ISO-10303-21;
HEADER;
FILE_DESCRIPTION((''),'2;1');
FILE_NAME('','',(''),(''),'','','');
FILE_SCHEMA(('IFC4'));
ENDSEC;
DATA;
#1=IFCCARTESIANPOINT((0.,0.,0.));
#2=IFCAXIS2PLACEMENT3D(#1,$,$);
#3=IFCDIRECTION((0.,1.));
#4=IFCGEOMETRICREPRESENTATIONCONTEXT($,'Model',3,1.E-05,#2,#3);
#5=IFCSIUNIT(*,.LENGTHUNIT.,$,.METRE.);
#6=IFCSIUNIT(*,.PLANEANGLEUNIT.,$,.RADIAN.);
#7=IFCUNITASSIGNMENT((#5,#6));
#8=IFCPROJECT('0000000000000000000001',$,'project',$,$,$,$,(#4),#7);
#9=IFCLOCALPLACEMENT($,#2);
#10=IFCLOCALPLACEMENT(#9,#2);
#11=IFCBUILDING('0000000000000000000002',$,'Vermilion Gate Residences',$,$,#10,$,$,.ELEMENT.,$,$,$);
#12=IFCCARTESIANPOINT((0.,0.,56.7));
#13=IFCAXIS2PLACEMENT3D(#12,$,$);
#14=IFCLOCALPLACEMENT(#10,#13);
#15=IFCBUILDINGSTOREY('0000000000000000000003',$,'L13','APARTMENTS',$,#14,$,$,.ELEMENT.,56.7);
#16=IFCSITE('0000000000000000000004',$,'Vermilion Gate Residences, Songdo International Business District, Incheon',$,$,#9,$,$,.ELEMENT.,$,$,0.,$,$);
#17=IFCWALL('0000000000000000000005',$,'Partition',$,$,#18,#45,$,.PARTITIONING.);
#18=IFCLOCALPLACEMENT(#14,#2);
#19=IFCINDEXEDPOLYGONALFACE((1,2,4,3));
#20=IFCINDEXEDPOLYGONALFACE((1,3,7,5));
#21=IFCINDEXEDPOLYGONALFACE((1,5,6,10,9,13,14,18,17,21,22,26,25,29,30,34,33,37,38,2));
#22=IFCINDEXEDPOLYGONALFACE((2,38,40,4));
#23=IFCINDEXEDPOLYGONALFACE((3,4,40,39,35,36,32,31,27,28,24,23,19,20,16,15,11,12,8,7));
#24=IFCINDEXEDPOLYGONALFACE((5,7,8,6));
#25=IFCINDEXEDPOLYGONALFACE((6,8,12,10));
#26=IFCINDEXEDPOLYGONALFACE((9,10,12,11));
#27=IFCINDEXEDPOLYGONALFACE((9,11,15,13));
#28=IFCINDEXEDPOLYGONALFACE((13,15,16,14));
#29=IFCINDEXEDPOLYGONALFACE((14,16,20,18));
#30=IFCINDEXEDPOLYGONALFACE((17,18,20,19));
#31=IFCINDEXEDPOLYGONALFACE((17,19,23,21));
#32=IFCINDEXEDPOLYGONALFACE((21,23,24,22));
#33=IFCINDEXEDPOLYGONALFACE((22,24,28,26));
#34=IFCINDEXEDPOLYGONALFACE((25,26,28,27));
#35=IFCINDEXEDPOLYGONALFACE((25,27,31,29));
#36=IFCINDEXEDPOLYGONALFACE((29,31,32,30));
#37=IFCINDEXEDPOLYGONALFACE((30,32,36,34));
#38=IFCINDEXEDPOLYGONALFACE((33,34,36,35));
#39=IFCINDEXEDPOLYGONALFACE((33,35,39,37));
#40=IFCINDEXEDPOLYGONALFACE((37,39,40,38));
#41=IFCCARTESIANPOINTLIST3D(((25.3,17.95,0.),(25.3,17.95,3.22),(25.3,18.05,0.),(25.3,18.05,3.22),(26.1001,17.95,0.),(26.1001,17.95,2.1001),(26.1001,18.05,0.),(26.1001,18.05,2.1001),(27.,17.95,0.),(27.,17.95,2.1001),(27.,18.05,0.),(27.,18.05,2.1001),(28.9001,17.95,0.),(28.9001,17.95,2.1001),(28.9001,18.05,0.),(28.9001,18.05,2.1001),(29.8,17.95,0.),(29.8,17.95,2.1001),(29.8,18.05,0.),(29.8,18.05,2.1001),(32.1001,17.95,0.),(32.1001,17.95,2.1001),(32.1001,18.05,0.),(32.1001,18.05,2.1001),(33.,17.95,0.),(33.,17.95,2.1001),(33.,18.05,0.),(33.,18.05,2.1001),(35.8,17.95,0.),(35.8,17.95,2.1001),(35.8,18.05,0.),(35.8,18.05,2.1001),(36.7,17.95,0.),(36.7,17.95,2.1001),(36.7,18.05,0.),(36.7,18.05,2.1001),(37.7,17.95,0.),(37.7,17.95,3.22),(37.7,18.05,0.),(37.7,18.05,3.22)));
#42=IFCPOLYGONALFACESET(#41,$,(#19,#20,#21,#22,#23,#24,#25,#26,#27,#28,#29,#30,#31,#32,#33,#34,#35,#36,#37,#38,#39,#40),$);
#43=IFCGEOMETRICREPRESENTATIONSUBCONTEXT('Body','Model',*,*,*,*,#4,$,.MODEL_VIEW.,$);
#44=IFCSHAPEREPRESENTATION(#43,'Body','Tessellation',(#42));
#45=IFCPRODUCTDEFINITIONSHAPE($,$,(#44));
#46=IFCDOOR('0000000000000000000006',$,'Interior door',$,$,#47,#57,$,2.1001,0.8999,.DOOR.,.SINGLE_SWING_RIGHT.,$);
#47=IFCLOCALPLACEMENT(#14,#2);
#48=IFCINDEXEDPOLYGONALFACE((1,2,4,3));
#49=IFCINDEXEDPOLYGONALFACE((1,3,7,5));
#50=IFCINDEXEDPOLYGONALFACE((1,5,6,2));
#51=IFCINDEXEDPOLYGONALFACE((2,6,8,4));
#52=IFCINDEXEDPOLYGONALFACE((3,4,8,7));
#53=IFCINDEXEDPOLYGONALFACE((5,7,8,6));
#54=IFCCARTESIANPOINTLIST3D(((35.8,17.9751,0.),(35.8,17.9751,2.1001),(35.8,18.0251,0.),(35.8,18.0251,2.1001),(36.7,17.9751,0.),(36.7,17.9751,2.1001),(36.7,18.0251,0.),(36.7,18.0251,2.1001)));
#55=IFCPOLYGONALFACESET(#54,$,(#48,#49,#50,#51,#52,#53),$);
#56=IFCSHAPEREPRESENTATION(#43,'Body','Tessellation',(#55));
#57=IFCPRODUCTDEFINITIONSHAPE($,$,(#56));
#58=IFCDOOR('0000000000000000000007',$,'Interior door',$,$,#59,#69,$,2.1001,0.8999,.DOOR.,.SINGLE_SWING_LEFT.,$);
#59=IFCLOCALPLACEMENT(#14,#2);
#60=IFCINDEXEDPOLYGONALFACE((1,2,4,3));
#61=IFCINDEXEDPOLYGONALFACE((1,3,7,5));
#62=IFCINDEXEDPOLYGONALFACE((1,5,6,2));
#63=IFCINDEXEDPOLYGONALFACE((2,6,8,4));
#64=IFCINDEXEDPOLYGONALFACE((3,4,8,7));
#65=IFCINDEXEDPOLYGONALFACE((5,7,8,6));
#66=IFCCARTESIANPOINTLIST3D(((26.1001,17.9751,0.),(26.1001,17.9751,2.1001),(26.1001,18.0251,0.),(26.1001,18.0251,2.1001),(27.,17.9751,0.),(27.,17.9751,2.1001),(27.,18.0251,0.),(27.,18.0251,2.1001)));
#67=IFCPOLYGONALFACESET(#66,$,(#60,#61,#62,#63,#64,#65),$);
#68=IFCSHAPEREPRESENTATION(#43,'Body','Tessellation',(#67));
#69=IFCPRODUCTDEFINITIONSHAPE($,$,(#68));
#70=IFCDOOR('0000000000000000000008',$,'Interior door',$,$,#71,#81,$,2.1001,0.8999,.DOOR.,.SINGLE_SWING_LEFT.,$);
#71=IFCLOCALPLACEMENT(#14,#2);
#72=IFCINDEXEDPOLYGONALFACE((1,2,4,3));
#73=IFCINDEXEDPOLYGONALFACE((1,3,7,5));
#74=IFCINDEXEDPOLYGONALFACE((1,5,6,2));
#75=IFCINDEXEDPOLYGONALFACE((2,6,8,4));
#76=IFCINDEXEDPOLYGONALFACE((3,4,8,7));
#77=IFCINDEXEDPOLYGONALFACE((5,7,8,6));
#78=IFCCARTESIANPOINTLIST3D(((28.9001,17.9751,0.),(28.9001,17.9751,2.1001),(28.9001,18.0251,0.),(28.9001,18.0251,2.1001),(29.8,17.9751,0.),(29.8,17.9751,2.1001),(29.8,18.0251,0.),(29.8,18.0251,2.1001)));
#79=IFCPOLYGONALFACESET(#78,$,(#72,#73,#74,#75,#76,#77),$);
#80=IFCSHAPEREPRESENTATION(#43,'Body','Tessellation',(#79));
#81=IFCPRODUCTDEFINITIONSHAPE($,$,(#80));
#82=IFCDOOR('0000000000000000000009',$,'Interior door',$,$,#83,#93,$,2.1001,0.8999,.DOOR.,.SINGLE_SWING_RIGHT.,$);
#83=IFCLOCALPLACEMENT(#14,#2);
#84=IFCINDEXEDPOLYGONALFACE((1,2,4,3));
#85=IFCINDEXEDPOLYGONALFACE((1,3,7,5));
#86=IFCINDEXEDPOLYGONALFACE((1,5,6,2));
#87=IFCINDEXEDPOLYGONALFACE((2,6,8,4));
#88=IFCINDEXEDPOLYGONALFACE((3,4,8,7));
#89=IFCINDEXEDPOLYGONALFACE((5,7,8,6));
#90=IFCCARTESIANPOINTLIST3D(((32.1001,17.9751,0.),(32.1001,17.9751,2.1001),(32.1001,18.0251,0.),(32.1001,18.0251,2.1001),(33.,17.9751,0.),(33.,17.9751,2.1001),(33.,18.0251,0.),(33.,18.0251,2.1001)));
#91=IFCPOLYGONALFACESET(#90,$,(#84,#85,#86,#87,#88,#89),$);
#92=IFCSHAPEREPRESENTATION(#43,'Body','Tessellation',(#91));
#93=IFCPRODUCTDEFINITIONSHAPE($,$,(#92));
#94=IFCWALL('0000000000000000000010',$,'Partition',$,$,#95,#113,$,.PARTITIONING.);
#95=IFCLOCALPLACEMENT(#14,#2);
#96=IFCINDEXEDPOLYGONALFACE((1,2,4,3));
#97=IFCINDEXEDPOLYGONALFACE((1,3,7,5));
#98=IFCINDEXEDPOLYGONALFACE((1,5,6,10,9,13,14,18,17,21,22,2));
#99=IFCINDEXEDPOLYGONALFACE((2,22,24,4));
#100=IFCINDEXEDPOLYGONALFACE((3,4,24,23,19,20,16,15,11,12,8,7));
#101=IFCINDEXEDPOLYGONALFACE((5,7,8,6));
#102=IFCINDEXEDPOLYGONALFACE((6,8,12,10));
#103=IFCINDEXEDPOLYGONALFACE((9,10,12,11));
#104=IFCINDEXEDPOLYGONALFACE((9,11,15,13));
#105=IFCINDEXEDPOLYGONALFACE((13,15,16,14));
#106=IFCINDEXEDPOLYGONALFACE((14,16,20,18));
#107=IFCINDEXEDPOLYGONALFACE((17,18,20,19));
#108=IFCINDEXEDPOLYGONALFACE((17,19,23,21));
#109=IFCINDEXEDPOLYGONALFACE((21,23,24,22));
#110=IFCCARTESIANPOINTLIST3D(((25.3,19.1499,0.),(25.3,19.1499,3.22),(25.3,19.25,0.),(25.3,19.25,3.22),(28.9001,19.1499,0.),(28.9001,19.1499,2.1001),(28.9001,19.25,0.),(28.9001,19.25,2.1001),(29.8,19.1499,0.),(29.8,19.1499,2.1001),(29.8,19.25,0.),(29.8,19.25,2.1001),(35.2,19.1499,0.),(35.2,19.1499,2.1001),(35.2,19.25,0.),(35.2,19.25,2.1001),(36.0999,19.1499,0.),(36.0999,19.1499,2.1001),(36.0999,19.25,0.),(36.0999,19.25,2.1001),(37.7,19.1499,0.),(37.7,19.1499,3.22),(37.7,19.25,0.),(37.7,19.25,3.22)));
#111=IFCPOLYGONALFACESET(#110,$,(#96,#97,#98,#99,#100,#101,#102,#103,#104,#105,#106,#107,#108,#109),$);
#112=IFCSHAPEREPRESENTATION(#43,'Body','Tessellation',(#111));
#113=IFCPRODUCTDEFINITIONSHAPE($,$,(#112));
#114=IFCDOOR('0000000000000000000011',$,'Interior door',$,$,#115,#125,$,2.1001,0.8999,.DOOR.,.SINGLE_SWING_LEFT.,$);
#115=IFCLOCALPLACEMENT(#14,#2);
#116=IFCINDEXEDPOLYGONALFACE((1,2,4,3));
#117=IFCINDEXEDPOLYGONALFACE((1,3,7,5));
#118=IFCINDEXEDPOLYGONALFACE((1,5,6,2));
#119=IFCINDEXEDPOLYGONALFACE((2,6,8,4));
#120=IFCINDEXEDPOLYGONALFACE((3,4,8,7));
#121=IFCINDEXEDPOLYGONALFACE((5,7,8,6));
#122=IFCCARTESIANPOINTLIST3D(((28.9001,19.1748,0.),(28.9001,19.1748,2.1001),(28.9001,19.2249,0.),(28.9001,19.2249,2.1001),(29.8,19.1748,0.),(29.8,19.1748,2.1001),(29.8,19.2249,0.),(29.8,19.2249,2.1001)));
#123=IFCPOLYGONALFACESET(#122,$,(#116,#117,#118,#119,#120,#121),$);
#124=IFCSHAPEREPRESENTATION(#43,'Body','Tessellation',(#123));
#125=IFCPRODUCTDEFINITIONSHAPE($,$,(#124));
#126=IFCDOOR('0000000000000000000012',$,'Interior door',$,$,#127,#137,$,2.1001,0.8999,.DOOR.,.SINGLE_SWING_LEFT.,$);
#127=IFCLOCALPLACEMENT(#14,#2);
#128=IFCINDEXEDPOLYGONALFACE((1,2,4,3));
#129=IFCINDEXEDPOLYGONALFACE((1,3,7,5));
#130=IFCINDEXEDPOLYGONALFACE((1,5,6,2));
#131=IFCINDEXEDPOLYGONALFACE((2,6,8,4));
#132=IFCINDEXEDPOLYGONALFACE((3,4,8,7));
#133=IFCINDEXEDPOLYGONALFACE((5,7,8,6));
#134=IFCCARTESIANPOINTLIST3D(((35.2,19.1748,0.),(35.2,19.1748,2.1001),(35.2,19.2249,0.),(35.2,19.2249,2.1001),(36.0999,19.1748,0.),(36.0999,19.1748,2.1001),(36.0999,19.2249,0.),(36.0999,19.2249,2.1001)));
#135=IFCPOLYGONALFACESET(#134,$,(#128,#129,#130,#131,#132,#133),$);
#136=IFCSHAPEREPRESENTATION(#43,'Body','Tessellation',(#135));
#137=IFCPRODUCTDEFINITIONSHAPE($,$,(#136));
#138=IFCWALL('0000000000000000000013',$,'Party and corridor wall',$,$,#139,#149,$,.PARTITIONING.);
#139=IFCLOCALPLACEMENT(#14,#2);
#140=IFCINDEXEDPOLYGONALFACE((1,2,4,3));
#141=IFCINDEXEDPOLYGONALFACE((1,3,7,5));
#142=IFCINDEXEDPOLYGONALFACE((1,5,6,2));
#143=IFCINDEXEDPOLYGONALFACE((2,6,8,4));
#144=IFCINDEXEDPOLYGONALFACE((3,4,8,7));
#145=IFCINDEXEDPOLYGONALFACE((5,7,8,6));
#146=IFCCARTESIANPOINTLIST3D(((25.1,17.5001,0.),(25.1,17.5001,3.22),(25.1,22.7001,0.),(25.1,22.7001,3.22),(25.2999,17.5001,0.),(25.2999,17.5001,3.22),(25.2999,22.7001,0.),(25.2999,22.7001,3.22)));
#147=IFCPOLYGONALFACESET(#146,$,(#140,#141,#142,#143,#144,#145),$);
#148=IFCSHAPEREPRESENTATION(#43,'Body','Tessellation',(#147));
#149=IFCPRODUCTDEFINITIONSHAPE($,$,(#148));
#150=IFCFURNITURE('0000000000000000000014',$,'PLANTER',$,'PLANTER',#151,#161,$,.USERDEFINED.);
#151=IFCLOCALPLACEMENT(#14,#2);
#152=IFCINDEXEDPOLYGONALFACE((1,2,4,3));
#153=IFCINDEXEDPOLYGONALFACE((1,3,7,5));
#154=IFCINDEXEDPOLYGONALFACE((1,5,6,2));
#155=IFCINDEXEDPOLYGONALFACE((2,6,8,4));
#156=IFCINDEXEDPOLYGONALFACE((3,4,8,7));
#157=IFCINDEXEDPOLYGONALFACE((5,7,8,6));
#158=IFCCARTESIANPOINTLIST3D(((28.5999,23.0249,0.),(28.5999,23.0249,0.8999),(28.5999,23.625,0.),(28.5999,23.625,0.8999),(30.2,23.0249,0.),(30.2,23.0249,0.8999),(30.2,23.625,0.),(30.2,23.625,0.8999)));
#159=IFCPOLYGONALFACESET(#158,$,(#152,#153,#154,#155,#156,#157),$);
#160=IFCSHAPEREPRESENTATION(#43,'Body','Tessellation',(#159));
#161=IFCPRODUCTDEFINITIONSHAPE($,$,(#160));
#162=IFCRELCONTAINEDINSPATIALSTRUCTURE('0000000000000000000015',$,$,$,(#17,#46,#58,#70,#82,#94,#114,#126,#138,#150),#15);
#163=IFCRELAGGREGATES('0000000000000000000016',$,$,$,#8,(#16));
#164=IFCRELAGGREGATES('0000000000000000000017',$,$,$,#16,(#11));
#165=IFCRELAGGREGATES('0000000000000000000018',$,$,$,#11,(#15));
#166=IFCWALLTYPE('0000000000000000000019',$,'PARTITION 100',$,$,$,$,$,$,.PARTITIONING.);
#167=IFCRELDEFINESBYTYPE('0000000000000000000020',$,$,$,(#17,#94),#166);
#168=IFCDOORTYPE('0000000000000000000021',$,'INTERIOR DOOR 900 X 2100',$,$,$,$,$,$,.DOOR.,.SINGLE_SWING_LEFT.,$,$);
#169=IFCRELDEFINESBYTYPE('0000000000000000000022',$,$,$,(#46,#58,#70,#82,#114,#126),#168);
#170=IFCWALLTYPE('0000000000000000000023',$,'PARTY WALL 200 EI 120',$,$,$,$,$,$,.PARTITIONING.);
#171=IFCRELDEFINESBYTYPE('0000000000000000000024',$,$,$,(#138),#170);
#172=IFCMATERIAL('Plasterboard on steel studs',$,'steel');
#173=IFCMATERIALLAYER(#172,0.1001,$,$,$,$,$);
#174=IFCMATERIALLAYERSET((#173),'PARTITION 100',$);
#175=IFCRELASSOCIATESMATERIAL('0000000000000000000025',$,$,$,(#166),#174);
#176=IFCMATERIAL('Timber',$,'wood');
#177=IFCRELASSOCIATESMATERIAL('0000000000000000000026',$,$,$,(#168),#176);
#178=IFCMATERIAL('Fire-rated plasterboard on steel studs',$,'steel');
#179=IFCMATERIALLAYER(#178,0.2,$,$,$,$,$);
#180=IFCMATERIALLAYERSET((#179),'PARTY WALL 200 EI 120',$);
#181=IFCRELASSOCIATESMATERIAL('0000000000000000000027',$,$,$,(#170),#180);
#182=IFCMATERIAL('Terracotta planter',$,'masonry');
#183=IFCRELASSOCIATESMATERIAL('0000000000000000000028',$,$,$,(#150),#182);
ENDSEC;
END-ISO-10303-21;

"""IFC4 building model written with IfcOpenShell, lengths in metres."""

from ifc_helpers import new_model, si_unit, direction, frame, frame_2d, origin, origin_2d, place, context, subcontext, project, spatial, rectangle, extrude, material, layer, layer_set, type_object, element, fill, save


model = new_model("IFC4")

# Units and contexts
model_context = context("Model", 3, precision=1e-05, world=origin(), true_north=direction((0.0, 1.0)))
body_context = subcontext(model_context, "Body", "Model", "MODEL_VIEW")
ifc_project = project(units=[si_unit("LENGTHUNIT", "METRE"), si_unit("PLANEANGLEUNIT", "RADIAN")], contexts=[model_context])

# Site, building, storey
site_placement = place(None, origin())
site = spatial("IfcSite", under=ifc_project, at=site_placement, Name="Vermilion Gate Residences, Songdo International Business District, Incheon", CompositionType="ELEMENT", RefElevation=0.0)
building_placement = place(site_placement, origin())
building = spatial("IfcBuilding", under=site, at=building_placement, Name="Vermilion Gate Residences", CompositionType="ELEMENT")
storey_placement = place(building_placement, frame((0.0, 0.0, 56.7)))
storey = spatial("IfcBuildingStorey", under=building, at=storey_placement, Name="L13", Description="APARTMENTS", CompositionType="ELEMENT", Elevation=56.7)

# Walls, openings, doors
ifc_material_1 = material(Name="Plasterboard on steel studs", Category="steel")
ifc_layer_1 = layer(ifc_material_1, 0.1001)
ifc_layer_set_1 = layer_set([ifc_layer_1], Name="PARTITION 100")
wall_type_1 = type_object("IfcWallType", Name="PARTITION 100", PredefinedType="PARTITIONING", material=ifc_layer_set_1)
wall_1_placement = place(storey_placement, frame((25.3, 18.0, 0.0), z_axis=(0.0, 0.0, 1.0), x_axis=(1.0, 0.0, 0.0)))
wall_1 = element("IfcWall", 1, at=wall_1_placement, inside=storey, type_object=wall_type_1, Name="Partition", PredefinedType="PARTITIONING", context=body_context, shape_type="SweptSolid", body=[
    extrude(rectangle(XDim=12.3999, YDim=0.1001, at=frame_2d((6.2, 0.0))), origin(), (0.0, 0.0, 1.0), 3.22),
])
opening_1_placement = place(wall_1_placement, frame((10.5, 0.0, 0.0)))
opening_1 = element("IfcOpeningElement", 2, at=opening_1_placement, cuts=wall_1, PredefinedType="OPENING", context=body_context, shape_type="SweptSolid", body=[
    extrude(rectangle(XDim=0.8999, YDim=2.1001, at=frame_2d((0.45, 1.05))), frame((0.0, 0.0601, 0.0), z_axis=(0.0, -1.0, 0.0), x_axis=(1.0, 0.0, 0.0)), (0.0, 0.0, 1.0), 0.1201),
])
opening_2_placement = place(wall_1_placement, frame((0.8, 0.0, 0.0)))
opening_2 = element("IfcOpeningElement", 3, at=opening_2_placement, cuts=wall_1, PredefinedType="OPENING", context=body_context, shape_type="SweptSolid", body=[
    extrude(rectangle(XDim=0.8999, YDim=2.1001, at=frame_2d((0.45, 1.05))), frame((0.0, 0.0601, 0.0), z_axis=(0.0, -1.0, 0.0), x_axis=(1.0, 0.0, 0.0)), (0.0, 0.0, 1.0), 0.1201),
])
opening_3_placement = place(wall_1_placement, frame((3.6001, 0.0, 0.0)))
opening_3 = element("IfcOpeningElement", 4, at=opening_3_placement, cuts=wall_1, PredefinedType="OPENING", context=body_context, shape_type="SweptSolid", body=[
    extrude(rectangle(XDim=0.8999, YDim=2.1001, at=frame_2d((0.45, 1.05))), frame((0.0, 0.0601, 0.0), z_axis=(0.0, -1.0, 0.0), x_axis=(1.0, 0.0, 0.0)), (0.0, 0.0, 1.0), 0.1201),
])
opening_4_placement = place(wall_1_placement, frame((6.8, 0.0, 0.0)))
opening_4 = element("IfcOpeningElement", 5, at=opening_4_placement, cuts=wall_1, PredefinedType="OPENING", context=body_context, shape_type="SweptSolid", body=[
    extrude(rectangle(XDim=0.8999, YDim=2.1001, at=frame_2d((0.45, 1.05))), frame((0.0, 0.0601, 0.0), z_axis=(0.0, -1.0, 0.0), x_axis=(1.0, 0.0, 0.0)), (0.0, 0.0, 1.0), 0.1201),
])
ifc_material_2 = material(Name="Timber", Category="wood")
door_type_1 = type_object("IfcDoorType", Name="INTERIOR DOOR 900 X 2100", OperationType="SINGLE_SWING_LEFT", PredefinedType="DOOR", material=ifc_material_2)
door_1_placement = place(opening_1_placement, frame((0.8999, 0.0, 0.0), z_axis=(0.0, 0.0, 1.0), x_axis=(-1.0, 0.0, 0.0)))
door_1 = element("IfcDoor", 6, at=door_1_placement, inside=storey, type_object=door_type_1, Name="Interior door", OperationType="SINGLE_SWING_RIGHT", OverallHeight=2.1001, OverallWidth=0.8999, PredefinedType="DOOR", context=body_context, shape_type="SweptSolid", body=[
    extrude(rectangle(XDim=0.8999, YDim=2.1001, at=frame_2d((0.45, 1.05))), frame((0.0, 0.0249, 0.0), z_axis=(0.0, -1.0, 0.0), x_axis=(1.0, 0.0, 0.0)), (0.0, 0.0, 1.0), 0.05),
])
fill(opening_1, door_1)
door_2_placement = place(opening_2_placement, frame((0.8999, 0.0, 0.0), z_axis=(0.0, 0.0, 1.0), x_axis=(-1.0, 0.0, 0.0)))
door_2 = element("IfcDoor", 7, at=door_2_placement, inside=storey, type_object=door_type_1, Name="Interior door", OperationType="SINGLE_SWING_LEFT", OverallHeight=2.1001, OverallWidth=0.8999, PredefinedType="DOOR", context=body_context, shape_type="SweptSolid", body=[
    extrude(rectangle(XDim=0.8999, YDim=2.1001, at=frame_2d((0.45, 1.05))), frame((0.0, 0.0249, 0.0), z_axis=(0.0, -1.0, 0.0), x_axis=(1.0, 0.0, 0.0)), (0.0, 0.0, 1.0), 0.05),
])
fill(opening_2, door_2)
door_3_placement = place(opening_3_placement, frame((0.8999, 0.0, 0.0), z_axis=(0.0, 0.0, 1.0), x_axis=(-1.0, 0.0, 0.0)))
door_3 = element("IfcDoor", 8, at=door_3_placement, inside=storey, type_object=door_type_1, Name="Interior door", OperationType="SINGLE_SWING_LEFT", OverallHeight=2.1001, OverallWidth=0.8999, PredefinedType="DOOR", context=body_context, shape_type="SweptSolid", body=[
    extrude(rectangle(XDim=0.8999, YDim=2.1001, at=frame_2d((0.45, 1.05))), frame((0.0, 0.0249, 0.0), z_axis=(0.0, -1.0, 0.0), x_axis=(1.0, 0.0, 0.0)), (0.0, 0.0, 1.0), 0.05),
])
fill(opening_3, door_3)
door_4_placement = place(opening_4_placement, frame((0.8999, 0.0, 0.0), z_axis=(0.0, 0.0, 1.0), x_axis=(-1.0, 0.0, 0.0)))
door_4 = element("IfcDoor", 9, at=door_4_placement, inside=storey, type_object=door_type_1, Name="Interior door", OperationType="SINGLE_SWING_RIGHT", OverallHeight=2.1001, OverallWidth=0.8999, PredefinedType="DOOR", context=body_context, shape_type="SweptSolid", body=[
    extrude(rectangle(XDim=0.8999, YDim=2.1001, at=frame_2d((0.45, 1.05))), frame((0.0, 0.0249, 0.0), z_axis=(0.0, -1.0, 0.0), x_axis=(1.0, 0.0, 0.0)), (0.0, 0.0, 1.0), 0.05),
])
fill(opening_4, door_4)
wall_2_placement = place(storey_placement, frame((25.3, 19.2, 0.0), z_axis=(0.0, 0.0, 1.0), x_axis=(1.0, 0.0, 0.0)))
wall_2 = element("IfcWall", 10, at=wall_2_placement, inside=storey, type_object=wall_type_1, Name="Partition", PredefinedType="PARTITIONING", context=body_context, shape_type="SweptSolid", body=[
    extrude(rectangle(XDim=12.3999, YDim=0.1001, at=frame_2d((6.2, 0.0))), origin(), (0.0, 0.0, 1.0), 3.22),
])
opening_5_placement = place(wall_2_placement, frame((3.6001, 0.0, 0.0)))
opening_5 = element("IfcOpeningElement", 11, at=opening_5_placement, cuts=wall_2, PredefinedType="OPENING", context=body_context, shape_type="SweptSolid", body=[
    extrude(rectangle(XDim=0.8999, YDim=2.1001, at=frame_2d((0.45, 1.05))), frame((0.0, 0.0601, 0.0), z_axis=(0.0, -1.0, 0.0), x_axis=(1.0, 0.0, 0.0)), (0.0, 0.0, 1.0), 0.1201),
])
opening_6_placement = place(wall_2_placement, frame((9.8999, 0.0, 0.0)))
opening_6 = element("IfcOpeningElement", 12, at=opening_6_placement, cuts=wall_2, PredefinedType="OPENING", context=body_context, shape_type="SweptSolid", body=[
    extrude(rectangle(XDim=0.8999, YDim=2.1001, at=frame_2d((0.45, 1.05))), frame((0.0, 0.0601, 0.0), z_axis=(0.0, -1.0, 0.0), x_axis=(1.0, 0.0, 0.0)), (0.0, 0.0, 1.0), 0.1201),
])
door_5_placement = place(opening_5_placement, origin())
door_5 = element("IfcDoor", 13, at=door_5_placement, inside=storey, type_object=door_type_1, Name="Interior door", OperationType="SINGLE_SWING_LEFT", OverallHeight=2.1001, OverallWidth=0.8999, PredefinedType="DOOR", context=body_context, shape_type="SweptSolid", body=[
    extrude(rectangle(XDim=0.8999, YDim=2.1001, at=frame_2d((0.45, 1.05))), frame((0.0, 0.0249, 0.0), z_axis=(0.0, -1.0, 0.0), x_axis=(1.0, 0.0, 0.0)), (0.0, 0.0, 1.0), 0.05),
])
fill(opening_5, door_5)
door_6_placement = place(opening_6_placement, origin())
door_6 = element("IfcDoor", 14, at=door_6_placement, inside=storey, type_object=door_type_1, Name="Interior door", OperationType="SINGLE_SWING_LEFT", OverallHeight=2.1001, OverallWidth=0.8999, PredefinedType="DOOR", context=body_context, shape_type="SweptSolid", body=[
    extrude(rectangle(XDim=0.8999, YDim=2.1001, at=frame_2d((0.45, 1.05))), frame((0.0, 0.0249, 0.0), z_axis=(0.0, -1.0, 0.0), x_axis=(1.0, 0.0, 0.0)), (0.0, 0.0, 1.0), 0.05),
])
fill(opening_6, door_6)

# Wall
ifc_material_3 = material(Name="Fire-rated plasterboard on steel studs", Category="steel")
ifc_layer_2 = layer(ifc_material_3, 0.2)
ifc_layer_set_2 = layer_set([ifc_layer_2], Name="PARTY WALL 200 EI 120")
wall_type_2 = type_object("IfcWallType", Name="PARTY WALL 200 EI 120", PredefinedType="PARTITIONING", material=ifc_layer_set_2)
wall_3_placement = place(storey_placement, frame((25.2, 17.5, 0.0), z_axis=(0.0, 0.0, 1.0), x_axis=(0.0, 1.0, 0.0)))
element("IfcWall", 15, at=wall_3_placement, inside=storey, type_object=wall_type_2, Name="Party and corridor wall", PredefinedType="PARTITIONING", context=body_context, shape_type="SweptSolid", body=[
    extrude(rectangle(XDim=5.2, YDim=0.2, at=frame_2d((2.6001, 0.0))), origin(), (0.0, 0.0, 1.0), 3.22),
])

# Furniture
ifc_material_4 = material(Name="Terracotta planter", Category="masonry")
for number, where, z_axis, x_axis, name in (
    (16, (29.3999, 23.325, 0.0), (0.0, 0.0, 1.0), (-1.0, 0.0, 0.0), "PLANTER"),
):
    element("IfcFurniture", number, at=place(storey_placement, frame(where, z_axis=z_axis, x_axis=x_axis)), inside=storey, material=ifc_material_4, Name=name, ObjectType="PLANTER", PredefinedType="USERDEFINED", context=body_context, shape_type="SweptSolid", body=[
        extrude(rectangle(XDim=1.6001, YDim=0.6001, at=origin_2d()), origin(), (0.0, 0.0, 1.0), 0.8999),
    ])

save(model, "model.ifc")
